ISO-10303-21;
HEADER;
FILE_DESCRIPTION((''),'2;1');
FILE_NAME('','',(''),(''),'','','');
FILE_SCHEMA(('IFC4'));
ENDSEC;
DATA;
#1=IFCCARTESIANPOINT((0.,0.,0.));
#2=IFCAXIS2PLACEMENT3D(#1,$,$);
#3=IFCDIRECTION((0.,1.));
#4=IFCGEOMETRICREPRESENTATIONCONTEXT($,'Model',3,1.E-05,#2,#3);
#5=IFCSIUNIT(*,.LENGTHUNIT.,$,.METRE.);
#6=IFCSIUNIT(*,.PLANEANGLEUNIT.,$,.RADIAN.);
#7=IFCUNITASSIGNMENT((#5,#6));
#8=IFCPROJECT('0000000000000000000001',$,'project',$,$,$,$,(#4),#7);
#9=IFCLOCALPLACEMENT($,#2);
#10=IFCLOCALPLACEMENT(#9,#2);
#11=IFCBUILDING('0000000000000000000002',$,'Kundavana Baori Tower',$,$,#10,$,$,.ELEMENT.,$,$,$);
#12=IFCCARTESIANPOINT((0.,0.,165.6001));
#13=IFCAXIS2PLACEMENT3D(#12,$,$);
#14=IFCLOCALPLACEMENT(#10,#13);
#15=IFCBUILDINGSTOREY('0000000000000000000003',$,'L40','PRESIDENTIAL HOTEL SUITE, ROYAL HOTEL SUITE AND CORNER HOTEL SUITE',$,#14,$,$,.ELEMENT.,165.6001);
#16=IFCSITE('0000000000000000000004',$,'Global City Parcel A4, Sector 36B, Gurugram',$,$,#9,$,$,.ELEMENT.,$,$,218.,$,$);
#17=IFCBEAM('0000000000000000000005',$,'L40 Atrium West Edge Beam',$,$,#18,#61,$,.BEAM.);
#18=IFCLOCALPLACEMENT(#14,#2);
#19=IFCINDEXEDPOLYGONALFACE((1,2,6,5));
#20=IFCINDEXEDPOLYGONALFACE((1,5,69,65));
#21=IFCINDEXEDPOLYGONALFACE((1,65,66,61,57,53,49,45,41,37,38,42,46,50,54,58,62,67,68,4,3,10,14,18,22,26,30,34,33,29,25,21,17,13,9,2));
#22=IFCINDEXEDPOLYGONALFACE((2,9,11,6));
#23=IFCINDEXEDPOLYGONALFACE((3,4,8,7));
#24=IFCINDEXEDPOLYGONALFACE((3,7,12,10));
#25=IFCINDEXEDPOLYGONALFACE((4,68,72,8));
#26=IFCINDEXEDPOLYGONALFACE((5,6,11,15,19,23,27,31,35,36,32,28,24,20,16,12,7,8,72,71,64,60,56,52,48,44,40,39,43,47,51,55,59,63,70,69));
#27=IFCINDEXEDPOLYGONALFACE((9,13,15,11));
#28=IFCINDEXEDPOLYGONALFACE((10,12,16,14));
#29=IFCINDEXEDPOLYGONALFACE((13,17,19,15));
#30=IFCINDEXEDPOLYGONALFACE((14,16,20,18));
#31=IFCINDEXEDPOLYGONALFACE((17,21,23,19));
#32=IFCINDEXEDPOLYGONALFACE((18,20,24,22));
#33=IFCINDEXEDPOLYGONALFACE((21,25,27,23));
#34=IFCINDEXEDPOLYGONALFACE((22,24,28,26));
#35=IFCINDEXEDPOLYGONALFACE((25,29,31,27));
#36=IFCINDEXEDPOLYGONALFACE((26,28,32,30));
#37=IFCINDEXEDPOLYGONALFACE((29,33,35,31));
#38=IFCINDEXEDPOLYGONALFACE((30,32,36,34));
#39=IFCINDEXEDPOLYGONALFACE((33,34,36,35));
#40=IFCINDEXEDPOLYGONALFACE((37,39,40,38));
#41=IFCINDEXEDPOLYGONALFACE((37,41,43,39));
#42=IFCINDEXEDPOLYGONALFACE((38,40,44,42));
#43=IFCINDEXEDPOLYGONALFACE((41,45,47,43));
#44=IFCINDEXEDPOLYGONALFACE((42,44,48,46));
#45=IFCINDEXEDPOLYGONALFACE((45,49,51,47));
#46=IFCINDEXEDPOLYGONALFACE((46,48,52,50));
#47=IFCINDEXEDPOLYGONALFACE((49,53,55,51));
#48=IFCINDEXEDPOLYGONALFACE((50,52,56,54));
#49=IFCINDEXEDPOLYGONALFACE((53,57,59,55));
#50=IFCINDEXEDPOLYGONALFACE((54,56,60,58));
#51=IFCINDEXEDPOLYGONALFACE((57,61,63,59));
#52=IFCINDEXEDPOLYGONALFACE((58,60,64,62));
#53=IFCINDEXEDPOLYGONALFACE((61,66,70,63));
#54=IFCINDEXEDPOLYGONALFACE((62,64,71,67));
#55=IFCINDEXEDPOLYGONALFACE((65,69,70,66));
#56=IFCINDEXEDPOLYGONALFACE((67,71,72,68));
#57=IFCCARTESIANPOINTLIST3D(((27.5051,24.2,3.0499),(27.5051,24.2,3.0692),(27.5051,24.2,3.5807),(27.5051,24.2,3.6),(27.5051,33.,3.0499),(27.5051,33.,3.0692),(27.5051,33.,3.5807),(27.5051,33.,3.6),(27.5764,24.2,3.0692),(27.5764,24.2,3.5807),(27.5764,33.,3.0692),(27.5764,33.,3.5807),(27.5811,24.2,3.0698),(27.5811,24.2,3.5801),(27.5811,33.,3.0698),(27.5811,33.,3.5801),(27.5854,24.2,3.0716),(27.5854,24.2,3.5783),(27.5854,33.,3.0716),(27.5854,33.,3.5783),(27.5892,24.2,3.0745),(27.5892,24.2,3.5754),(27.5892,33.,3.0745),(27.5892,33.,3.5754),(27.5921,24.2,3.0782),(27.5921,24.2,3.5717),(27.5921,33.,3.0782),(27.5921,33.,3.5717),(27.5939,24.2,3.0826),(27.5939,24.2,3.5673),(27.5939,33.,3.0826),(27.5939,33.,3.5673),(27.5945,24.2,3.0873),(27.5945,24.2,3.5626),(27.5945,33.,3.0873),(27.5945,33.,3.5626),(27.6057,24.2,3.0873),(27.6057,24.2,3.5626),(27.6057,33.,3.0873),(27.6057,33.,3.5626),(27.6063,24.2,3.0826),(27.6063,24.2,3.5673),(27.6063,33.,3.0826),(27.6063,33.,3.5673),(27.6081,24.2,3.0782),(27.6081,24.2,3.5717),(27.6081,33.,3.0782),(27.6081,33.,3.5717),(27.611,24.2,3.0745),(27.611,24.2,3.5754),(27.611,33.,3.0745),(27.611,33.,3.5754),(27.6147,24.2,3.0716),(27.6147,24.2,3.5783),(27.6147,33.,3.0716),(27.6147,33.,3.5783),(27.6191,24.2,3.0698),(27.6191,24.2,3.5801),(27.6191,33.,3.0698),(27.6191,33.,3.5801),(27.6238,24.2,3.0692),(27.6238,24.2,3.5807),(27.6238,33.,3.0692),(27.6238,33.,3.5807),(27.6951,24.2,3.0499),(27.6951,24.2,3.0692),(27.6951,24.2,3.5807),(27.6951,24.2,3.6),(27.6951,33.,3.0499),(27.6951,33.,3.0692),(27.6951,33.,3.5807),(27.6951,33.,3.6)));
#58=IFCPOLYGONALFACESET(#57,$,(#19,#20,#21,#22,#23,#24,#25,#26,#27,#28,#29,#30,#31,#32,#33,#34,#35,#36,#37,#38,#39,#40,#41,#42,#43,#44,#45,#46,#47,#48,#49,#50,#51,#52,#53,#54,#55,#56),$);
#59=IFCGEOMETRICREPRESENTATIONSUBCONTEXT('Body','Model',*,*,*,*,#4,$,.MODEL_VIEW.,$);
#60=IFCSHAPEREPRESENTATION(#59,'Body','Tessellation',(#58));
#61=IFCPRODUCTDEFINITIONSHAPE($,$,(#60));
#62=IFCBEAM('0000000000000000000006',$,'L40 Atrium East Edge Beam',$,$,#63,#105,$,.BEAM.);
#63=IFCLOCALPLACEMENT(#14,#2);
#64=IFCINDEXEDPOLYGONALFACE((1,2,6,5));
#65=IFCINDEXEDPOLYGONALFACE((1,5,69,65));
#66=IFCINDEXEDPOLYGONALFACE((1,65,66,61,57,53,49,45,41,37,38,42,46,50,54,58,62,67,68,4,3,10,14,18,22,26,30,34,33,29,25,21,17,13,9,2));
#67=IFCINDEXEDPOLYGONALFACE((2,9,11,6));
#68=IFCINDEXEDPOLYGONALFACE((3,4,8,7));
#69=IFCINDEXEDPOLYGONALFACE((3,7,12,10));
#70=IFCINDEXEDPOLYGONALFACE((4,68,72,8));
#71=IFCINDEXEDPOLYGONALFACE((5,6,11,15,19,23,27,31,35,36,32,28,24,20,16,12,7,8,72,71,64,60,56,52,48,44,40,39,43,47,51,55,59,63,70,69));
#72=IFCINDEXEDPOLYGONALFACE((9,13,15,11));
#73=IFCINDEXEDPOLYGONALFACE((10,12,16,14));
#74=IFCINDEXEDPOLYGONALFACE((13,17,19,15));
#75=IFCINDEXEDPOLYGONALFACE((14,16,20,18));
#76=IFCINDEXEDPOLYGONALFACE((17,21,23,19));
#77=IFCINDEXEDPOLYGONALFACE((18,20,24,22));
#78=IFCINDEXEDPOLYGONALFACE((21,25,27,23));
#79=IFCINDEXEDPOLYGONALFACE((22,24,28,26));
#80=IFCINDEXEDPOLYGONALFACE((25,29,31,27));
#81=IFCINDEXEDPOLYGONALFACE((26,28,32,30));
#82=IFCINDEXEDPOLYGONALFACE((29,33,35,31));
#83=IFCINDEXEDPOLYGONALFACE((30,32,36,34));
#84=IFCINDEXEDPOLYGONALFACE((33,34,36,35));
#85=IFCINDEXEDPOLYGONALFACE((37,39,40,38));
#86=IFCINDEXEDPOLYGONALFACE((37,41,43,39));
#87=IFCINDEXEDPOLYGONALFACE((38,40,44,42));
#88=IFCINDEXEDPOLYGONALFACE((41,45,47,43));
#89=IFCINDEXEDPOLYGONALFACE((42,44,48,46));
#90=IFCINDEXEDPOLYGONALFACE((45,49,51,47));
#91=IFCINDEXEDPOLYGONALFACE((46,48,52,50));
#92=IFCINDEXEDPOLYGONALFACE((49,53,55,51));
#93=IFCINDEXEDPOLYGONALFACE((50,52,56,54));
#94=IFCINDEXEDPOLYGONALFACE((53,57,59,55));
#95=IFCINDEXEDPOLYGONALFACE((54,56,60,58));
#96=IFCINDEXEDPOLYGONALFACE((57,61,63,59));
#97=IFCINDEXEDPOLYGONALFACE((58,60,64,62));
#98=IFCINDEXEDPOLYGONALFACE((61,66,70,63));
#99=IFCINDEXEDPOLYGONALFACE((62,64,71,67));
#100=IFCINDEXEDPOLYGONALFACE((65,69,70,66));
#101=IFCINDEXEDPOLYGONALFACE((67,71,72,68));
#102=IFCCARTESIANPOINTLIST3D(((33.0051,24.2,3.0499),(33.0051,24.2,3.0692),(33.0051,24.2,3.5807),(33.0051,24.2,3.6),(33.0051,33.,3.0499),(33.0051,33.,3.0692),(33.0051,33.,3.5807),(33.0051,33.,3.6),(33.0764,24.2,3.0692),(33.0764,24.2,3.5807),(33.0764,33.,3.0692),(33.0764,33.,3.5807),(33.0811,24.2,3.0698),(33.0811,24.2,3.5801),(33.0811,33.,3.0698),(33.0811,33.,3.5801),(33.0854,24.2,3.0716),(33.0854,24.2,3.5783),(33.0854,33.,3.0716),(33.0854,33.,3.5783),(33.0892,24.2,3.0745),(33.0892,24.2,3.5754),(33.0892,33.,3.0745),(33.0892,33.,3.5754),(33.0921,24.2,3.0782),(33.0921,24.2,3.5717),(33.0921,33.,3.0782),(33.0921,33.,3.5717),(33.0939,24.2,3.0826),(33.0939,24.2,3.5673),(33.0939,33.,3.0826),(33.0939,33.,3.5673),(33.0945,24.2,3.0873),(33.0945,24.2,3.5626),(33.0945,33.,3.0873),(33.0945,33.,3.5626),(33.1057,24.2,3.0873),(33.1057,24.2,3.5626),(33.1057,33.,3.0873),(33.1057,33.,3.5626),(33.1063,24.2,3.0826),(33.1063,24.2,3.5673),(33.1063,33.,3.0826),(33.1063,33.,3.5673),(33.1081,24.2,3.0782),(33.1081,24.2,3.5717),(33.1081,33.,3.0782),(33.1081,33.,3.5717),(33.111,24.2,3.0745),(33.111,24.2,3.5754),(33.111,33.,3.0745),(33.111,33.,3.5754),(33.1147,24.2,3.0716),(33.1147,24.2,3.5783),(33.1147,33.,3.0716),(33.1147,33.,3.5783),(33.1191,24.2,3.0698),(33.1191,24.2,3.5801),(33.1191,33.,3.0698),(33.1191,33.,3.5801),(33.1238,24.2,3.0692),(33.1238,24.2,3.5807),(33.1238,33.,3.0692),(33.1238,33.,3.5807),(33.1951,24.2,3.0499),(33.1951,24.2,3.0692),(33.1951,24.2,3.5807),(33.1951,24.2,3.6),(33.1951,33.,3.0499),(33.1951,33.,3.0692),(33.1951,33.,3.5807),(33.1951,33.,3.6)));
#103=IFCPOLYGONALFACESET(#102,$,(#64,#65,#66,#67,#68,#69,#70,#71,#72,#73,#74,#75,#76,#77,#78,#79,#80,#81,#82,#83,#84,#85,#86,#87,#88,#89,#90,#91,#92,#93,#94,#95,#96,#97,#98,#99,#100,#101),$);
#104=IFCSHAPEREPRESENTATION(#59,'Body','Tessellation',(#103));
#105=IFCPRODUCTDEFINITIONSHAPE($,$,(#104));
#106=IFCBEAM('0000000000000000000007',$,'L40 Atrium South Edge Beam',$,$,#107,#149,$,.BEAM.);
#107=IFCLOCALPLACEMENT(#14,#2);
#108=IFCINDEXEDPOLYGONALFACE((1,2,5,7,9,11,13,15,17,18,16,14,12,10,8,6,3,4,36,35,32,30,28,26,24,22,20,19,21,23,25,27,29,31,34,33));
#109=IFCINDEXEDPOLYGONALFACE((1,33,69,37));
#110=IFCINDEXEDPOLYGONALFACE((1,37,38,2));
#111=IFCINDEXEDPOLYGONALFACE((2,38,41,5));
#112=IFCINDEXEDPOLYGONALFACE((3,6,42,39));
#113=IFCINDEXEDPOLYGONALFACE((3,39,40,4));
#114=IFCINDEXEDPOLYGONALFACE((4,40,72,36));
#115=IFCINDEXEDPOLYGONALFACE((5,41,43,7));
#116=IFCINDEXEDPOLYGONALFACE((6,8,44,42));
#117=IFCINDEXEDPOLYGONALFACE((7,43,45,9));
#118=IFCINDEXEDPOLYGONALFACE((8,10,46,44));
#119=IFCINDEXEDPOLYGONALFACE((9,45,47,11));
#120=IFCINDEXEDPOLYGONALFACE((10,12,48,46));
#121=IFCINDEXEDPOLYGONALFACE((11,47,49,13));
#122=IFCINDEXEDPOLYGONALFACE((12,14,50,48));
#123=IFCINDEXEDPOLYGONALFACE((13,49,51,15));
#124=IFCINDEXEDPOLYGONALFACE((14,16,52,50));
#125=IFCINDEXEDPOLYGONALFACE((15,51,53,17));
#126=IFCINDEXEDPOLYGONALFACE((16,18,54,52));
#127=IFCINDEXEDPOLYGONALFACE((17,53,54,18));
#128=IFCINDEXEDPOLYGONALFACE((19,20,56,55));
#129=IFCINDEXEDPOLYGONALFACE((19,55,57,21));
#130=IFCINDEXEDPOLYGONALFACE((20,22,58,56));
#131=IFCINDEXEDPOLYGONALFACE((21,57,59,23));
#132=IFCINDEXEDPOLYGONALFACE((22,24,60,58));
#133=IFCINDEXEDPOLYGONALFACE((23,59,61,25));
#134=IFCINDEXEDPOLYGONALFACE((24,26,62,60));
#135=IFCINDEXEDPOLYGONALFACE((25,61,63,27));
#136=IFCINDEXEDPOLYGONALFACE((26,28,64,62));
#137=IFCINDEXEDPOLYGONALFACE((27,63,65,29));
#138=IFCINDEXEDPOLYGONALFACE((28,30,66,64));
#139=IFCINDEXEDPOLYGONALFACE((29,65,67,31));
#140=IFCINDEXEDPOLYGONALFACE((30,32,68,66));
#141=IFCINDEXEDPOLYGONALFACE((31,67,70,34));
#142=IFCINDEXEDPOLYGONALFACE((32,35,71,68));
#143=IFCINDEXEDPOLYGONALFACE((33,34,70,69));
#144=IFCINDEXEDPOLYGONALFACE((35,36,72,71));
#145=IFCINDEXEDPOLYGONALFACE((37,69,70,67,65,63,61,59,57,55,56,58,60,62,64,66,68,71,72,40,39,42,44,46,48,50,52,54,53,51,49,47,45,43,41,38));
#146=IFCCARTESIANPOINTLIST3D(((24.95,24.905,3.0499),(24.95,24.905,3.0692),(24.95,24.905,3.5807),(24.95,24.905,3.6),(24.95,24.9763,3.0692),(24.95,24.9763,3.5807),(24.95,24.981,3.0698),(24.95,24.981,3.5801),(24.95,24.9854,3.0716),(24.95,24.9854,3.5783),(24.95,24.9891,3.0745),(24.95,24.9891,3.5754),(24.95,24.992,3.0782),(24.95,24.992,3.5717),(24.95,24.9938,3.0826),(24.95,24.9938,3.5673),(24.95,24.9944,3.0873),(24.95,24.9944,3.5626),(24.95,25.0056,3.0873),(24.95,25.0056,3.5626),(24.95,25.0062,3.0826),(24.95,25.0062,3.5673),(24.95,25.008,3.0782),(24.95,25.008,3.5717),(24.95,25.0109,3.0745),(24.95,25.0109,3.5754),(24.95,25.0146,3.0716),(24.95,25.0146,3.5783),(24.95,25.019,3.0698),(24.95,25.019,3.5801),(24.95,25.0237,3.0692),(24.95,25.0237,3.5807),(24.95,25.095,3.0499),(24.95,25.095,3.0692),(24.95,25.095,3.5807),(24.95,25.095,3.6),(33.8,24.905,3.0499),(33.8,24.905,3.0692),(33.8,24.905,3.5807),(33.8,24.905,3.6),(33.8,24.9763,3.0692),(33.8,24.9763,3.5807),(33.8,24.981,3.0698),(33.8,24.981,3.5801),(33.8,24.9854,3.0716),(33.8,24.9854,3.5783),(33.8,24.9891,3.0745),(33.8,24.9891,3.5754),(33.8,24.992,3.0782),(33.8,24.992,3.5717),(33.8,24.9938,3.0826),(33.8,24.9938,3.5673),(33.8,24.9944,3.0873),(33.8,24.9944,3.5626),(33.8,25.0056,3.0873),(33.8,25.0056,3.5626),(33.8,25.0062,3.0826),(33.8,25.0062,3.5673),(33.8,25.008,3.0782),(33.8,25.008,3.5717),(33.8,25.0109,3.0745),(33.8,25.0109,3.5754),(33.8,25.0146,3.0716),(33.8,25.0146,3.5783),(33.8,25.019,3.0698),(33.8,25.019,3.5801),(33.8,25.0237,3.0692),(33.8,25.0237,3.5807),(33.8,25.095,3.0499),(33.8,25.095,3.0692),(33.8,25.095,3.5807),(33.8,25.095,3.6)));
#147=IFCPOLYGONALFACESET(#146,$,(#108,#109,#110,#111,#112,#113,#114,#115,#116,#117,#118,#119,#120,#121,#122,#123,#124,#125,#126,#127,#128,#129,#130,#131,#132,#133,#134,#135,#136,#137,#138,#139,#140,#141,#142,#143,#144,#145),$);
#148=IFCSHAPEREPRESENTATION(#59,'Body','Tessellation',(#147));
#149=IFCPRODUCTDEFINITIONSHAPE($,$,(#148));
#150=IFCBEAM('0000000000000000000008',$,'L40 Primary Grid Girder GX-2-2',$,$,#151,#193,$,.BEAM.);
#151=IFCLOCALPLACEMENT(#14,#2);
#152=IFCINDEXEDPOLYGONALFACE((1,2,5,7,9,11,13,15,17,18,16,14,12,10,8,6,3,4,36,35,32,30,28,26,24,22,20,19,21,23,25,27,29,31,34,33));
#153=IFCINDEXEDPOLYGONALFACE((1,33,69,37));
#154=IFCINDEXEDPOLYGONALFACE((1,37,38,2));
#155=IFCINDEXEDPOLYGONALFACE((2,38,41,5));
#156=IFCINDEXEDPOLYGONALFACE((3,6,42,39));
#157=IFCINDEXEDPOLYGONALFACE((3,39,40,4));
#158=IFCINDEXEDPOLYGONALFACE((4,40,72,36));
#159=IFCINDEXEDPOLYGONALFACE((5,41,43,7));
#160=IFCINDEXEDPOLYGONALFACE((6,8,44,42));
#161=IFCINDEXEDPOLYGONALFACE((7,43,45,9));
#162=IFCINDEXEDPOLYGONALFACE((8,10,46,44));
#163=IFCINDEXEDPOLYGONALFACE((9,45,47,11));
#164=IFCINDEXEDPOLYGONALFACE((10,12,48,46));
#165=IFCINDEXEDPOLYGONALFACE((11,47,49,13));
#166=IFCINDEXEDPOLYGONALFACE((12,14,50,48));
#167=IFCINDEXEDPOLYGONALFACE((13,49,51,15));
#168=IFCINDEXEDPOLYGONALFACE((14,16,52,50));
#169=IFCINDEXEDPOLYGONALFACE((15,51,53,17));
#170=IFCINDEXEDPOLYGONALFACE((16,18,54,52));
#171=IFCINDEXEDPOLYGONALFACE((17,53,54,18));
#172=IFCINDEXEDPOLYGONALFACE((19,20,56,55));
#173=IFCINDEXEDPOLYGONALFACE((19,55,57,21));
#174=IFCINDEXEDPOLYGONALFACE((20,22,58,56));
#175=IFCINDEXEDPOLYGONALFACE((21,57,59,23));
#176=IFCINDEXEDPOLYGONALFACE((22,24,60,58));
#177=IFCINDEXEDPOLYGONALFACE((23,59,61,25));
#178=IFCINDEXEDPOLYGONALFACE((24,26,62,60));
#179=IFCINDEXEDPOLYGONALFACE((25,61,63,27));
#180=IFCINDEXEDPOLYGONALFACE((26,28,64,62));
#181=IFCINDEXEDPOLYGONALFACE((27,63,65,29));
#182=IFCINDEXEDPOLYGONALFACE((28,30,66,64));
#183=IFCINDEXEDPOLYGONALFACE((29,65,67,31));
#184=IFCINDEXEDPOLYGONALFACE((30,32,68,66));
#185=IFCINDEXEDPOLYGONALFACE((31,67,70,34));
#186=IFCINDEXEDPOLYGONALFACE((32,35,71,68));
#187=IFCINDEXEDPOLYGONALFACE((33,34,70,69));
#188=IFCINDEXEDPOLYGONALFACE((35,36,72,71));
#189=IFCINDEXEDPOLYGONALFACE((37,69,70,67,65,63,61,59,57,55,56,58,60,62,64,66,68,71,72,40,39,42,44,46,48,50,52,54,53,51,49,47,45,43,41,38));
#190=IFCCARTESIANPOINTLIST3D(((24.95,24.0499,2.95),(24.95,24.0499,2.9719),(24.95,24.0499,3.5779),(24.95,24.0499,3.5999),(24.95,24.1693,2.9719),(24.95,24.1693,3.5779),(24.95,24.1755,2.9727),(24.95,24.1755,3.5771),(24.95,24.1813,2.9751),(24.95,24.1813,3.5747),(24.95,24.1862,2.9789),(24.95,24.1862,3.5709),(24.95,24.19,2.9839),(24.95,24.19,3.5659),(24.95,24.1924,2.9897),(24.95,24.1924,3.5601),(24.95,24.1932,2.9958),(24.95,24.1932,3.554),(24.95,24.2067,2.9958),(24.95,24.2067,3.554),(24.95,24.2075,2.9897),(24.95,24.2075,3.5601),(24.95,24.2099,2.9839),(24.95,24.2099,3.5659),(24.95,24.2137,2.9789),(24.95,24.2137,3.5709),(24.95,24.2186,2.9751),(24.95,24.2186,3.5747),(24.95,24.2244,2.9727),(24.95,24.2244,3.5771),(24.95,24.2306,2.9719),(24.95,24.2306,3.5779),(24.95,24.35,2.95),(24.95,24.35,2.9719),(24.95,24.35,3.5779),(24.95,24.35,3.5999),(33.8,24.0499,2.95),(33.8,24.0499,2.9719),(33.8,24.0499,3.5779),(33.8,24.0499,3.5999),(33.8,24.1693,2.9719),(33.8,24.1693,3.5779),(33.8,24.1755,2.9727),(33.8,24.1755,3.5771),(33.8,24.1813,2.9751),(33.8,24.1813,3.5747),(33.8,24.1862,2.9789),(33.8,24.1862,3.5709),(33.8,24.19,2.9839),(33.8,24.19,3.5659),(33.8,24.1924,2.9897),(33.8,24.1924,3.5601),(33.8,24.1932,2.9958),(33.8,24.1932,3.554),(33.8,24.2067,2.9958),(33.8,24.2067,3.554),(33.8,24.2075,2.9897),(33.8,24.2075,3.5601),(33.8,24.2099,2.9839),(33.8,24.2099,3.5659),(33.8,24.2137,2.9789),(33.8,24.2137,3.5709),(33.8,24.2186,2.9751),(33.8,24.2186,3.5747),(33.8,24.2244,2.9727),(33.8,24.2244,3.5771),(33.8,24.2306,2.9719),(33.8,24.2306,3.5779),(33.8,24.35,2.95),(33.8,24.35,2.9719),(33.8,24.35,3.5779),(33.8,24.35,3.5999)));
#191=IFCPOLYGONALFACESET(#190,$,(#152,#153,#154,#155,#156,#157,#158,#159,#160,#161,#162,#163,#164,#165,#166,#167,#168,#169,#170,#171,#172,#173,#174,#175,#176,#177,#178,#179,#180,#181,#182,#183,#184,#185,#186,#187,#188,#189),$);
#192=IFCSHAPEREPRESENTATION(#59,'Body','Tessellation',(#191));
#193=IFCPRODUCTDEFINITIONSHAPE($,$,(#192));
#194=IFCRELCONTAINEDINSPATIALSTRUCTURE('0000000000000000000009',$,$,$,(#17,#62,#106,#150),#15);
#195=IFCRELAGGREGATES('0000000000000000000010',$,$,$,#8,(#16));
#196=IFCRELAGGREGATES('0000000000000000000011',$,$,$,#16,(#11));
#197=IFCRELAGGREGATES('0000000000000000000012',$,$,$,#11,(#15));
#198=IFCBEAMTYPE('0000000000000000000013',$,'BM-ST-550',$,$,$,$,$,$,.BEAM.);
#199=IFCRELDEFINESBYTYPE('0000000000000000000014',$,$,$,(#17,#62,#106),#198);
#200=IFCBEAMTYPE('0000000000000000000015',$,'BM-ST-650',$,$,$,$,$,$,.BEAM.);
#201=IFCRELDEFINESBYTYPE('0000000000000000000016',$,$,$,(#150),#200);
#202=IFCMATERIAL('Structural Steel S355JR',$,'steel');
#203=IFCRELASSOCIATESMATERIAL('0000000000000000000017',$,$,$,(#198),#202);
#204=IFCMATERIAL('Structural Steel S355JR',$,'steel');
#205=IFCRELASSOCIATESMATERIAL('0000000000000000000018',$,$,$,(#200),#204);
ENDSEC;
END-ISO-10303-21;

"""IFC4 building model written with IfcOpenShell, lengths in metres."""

from ifc_helpers import new_model, si_unit, direction, frame, origin, origin_2d, place, context, subcontext, project, spatial, i_section, extrude, material, material_profile, profile_set, type_object, element, save


model = new_model("IFC4")

# Units and contexts
model_context = context("Model", 3, precision=1e-05, world=origin(), true_north=direction((0.0, 1.0)))
body_context = subcontext(model_context, "Body", "Model", "MODEL_VIEW")
ifc_project = project(units=[si_unit("LENGTHUNIT", "METRE"), si_unit("PLANEANGLEUNIT", "RADIAN")], contexts=[model_context])

# Site, building, storey
site_placement = place(None, origin())
site = spatial("IfcSite", under=ifc_project, at=site_placement, Name="Global City Parcel A4, Sector 36B, Gurugram", CompositionType="ELEMENT", RefElevation=218.0)
building_placement = place(site_placement, origin())
building = spatial("IfcBuilding", under=site, at=building_placement, Name="Kundavana Baori Tower", CompositionType="ELEMENT")
storey_placement = place(building_placement, frame((0.0, 0.0, 165.6001)))
storey = spatial("IfcBuildingStorey", under=building, at=storey_placement, Name="L40", Description="PRESIDENTIAL HOTEL SUITE, ROYAL HOTEL SUITE AND CORNER HOTEL SUITE", CompositionType="ELEMENT", Elevation=165.6001)

# Beams
ifc_material_1 = material(Name="Structural Steel S355JR", Category="steel")
ifc_material_profile_1 = material_profile(ifc_material_1, i_section(OverallWidth=0.1899, OverallDepth=0.55, WebThickness=0.0112, FlangeThickness=0.0193, FilletRadius=0.0181, at=origin_2d()), Name="ISMB 550")
ifc_profile_set_1 = profile_set([ifc_material_profile_1], Name="Structural Steel S355JR")
beam_type_1 = type_object("IfcBeamType", Name="BM-ST-550", PredefinedType="BEAM", material=ifc_profile_set_1)
for number, where, z_axis, x_axis, name in (
    (1, (27.6001, 24.2, 3.325), (0.0, 1.0, 0.0), (-1.0, 0.0, 0.0), "L40 Atrium West Edge Beam"),
    (2, (33.1001, 24.2, 3.325), (0.0, 1.0, 0.0), (-1.0, 0.0, 0.0), "L40 Atrium East Edge Beam"),
):
    element("IfcBeam", number, at=place(storey_placement, frame(where, z_axis=z_axis, x_axis=x_axis)), inside=storey, type_object=beam_type_1, Name=name, PredefinedType="BEAM", context=body_context, shape_type="SweptSolid", body=[
        extrude(i_section(OverallWidth=0.1899, OverallDepth=0.55, WebThickness=0.0112, FlangeThickness=0.0193, FilletRadius=0.0181, at=origin_2d()), origin(), (0.0, 0.0, 1.0), 8.8),
    ])
beam_1_placement = place(storey_placement, frame((24.95, 25.0, 3.325), z_axis=(1.0, 0.0, 0.0), x_axis=(0.0, 1.0, 0.0)))
element("IfcBeam", 3, at=beam_1_placement, inside=storey, type_object=beam_type_1, Name="L40 Atrium South Edge Beam", PredefinedType="BEAM", context=body_context, shape_type="SweptSolid", body=[
    extrude(i_section(OverallWidth=0.1899, OverallDepth=0.55, WebThickness=0.0112, FlangeThickness=0.0193, FilletRadius=0.0181, at=origin_2d()), origin(), (0.0, 0.0, 1.0), 8.8501),
])
ifc_material_2 = material(Name="Structural Steel S355JR", Category="steel")
ifc_material_profile_2 = material_profile(ifc_material_2, i_section(OverallWidth=0.3, OverallDepth=0.6499, WebThickness=0.0134, FlangeThickness=0.022, FilletRadius=0.0239, at=origin_2d()), Name="NPB 650x300x155")
ifc_profile_set_2 = profile_set([ifc_material_profile_2], Name="Structural Steel S355JR")
beam_type_2 = type_object("IfcBeamType", Name="BM-ST-650", PredefinedType="BEAM", material=ifc_profile_set_2)
beam_2_placement = place(storey_placement, frame((24.95, 24.2, 3.2749), z_axis=(1.0, 0.0, 0.0), x_axis=(0.0, 1.0, 0.0)))
element("IfcBeam", 4, at=beam_2_placement, inside=storey, type_object=beam_type_2, Name="L40 Primary Grid Girder GX-2-2", PredefinedType="BEAM", context=body_context, shape_type="SweptSolid", body=[
    extrude(i_section(OverallWidth=0.3, OverallDepth=0.6499, WebThickness=0.0134, FlangeThickness=0.022, FilletRadius=0.0239, at=origin_2d()), origin(), (0.0, 0.0, 1.0), 8.8501),
])

save(model, "model.ifc")
